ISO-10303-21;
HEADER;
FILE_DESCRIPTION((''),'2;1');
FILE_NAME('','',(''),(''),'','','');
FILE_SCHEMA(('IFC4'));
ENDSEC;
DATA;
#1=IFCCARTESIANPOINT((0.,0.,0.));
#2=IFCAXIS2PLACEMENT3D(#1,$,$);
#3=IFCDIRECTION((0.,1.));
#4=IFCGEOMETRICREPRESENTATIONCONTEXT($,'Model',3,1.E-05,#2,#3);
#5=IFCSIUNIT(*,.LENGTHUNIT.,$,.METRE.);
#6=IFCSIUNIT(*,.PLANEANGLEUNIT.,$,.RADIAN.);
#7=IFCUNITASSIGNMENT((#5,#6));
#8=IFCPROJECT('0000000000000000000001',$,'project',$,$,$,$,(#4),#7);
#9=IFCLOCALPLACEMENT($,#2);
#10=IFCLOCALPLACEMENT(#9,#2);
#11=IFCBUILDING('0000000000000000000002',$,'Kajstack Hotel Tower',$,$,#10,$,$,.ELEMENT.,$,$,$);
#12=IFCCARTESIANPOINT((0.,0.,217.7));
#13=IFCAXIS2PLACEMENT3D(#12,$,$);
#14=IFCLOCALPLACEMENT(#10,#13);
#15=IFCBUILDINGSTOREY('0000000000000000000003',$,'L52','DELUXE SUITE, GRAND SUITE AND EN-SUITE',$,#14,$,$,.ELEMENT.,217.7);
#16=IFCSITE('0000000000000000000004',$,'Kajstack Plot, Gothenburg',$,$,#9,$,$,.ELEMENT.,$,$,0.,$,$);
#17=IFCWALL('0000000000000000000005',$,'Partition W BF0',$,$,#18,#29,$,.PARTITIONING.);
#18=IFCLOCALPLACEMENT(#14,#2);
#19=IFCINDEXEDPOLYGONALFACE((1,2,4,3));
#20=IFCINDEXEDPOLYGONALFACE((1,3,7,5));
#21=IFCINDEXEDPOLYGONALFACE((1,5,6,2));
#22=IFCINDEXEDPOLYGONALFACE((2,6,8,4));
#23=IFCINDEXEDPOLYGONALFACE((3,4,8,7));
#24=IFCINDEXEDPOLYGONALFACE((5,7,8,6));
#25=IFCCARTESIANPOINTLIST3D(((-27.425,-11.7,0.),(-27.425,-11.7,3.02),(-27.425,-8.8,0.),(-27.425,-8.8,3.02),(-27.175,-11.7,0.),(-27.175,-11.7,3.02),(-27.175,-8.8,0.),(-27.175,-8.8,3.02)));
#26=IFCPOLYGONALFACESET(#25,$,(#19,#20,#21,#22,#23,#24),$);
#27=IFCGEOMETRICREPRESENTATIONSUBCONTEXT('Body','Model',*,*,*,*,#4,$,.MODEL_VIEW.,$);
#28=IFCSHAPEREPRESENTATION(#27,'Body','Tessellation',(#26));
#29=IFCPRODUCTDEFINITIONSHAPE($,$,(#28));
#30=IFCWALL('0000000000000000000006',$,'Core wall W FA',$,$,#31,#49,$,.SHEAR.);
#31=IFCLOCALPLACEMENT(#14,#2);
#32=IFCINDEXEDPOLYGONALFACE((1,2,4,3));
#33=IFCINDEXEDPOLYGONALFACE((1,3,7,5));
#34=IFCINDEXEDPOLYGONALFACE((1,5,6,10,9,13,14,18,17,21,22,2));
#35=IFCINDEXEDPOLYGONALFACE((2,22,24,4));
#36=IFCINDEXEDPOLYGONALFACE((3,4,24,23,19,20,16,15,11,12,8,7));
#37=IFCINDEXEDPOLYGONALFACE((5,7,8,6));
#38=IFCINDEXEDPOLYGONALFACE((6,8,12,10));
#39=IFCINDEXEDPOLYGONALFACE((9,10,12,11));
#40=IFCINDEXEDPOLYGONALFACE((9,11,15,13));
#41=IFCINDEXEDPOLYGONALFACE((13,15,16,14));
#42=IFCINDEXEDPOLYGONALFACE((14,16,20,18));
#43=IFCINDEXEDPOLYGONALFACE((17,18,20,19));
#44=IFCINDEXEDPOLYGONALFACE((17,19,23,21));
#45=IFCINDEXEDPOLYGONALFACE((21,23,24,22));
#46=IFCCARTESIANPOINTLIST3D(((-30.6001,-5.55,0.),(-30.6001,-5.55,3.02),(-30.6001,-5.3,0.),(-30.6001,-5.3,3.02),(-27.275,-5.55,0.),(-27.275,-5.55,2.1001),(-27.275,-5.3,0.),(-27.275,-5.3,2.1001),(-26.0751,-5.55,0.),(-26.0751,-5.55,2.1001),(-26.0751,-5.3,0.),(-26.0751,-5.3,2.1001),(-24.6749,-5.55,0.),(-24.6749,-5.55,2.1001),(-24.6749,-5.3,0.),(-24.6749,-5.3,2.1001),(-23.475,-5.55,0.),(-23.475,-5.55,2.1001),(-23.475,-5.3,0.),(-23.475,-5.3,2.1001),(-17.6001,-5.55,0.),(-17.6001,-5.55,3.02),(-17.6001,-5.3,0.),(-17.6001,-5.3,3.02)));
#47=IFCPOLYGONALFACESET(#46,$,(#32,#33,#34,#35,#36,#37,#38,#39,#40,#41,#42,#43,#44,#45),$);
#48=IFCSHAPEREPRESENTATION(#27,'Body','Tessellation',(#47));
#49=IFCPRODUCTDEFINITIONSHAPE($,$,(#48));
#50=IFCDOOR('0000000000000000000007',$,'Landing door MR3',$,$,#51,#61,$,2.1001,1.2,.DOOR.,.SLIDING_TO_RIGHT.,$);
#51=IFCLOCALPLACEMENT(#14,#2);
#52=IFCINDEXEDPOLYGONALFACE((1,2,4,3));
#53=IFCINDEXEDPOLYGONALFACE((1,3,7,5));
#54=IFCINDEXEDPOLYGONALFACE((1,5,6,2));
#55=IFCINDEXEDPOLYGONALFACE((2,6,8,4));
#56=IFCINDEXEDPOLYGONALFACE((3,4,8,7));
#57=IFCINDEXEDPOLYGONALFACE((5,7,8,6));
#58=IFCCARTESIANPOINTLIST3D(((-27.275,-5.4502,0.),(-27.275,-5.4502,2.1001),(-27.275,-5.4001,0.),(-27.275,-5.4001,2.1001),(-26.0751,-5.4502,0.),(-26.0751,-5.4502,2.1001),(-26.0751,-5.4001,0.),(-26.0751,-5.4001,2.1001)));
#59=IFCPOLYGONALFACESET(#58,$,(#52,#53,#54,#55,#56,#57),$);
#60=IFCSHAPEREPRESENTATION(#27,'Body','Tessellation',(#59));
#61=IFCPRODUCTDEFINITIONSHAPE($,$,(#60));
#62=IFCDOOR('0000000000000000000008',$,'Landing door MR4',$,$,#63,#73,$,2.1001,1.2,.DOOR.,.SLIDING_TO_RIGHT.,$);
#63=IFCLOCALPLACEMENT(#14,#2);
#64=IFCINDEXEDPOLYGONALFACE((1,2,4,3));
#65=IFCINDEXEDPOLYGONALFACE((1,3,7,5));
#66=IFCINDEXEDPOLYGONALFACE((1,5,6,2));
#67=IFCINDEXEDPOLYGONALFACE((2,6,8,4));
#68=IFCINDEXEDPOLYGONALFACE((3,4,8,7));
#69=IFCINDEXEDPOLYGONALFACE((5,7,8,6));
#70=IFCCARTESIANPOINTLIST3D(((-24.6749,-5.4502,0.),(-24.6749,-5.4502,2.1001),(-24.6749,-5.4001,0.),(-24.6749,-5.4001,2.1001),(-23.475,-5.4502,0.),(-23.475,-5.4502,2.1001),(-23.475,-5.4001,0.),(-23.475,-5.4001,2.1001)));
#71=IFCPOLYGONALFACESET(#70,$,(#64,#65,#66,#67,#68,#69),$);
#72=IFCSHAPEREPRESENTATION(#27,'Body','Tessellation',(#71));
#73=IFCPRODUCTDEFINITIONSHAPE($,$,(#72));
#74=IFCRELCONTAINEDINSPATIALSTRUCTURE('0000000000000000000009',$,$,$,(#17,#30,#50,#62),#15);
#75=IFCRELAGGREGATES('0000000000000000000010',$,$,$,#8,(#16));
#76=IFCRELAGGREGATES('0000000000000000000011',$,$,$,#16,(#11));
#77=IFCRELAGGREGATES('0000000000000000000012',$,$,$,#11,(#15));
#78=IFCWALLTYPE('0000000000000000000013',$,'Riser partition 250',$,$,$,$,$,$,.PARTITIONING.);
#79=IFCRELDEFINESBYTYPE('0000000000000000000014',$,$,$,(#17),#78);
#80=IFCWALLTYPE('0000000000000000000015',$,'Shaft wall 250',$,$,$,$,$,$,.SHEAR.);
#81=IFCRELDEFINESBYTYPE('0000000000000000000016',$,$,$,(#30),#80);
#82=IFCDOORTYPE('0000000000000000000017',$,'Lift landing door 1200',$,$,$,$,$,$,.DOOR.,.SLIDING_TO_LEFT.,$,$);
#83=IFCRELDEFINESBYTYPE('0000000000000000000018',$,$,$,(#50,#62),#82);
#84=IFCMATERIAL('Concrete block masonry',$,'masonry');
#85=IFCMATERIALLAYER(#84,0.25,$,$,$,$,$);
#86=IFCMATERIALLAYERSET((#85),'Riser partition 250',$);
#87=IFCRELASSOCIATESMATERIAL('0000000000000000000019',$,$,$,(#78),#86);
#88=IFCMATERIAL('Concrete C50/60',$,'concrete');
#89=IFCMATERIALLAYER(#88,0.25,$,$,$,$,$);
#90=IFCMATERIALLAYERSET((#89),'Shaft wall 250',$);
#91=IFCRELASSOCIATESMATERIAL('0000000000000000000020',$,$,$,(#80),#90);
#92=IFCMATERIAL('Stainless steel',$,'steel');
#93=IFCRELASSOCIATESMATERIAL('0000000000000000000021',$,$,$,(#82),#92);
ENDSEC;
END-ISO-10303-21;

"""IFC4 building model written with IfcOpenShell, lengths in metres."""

from ifc_helpers import new_model, si_unit, direction, frame, frame_2d, origin, place, context, subcontext, project, spatial, rectangle, extrude, material, layer, layer_set, type_object, element, fill, save


model = new_model("IFC4")

# Units and contexts
model_context = context("Model", 3, precision=1e-05, world=origin(), true_north=direction((0.0, 1.0)))
body_context = subcontext(model_context, "Body", "Model", "MODEL_VIEW")
ifc_project = project(units=[si_unit("LENGTHUNIT", "METRE"), si_unit("PLANEANGLEUNIT", "RADIAN")], contexts=[model_context])

# Site, building, storey
site_placement = place(None, origin())
site = spatial("IfcSite", under=ifc_project, at=site_placement, Name="Kajstack Plot, Gothenburg", CompositionType="ELEMENT", RefElevation=0.0)
building_placement = place(site_placement, origin())
building = spatial("IfcBuilding", under=site, at=building_placement, Name="Kajstack Hotel Tower", CompositionType="ELEMENT")
storey_placement = place(building_placement, frame((0.0, 0.0, 217.7)))
storey = spatial("IfcBuildingStorey", under=building, at=storey_placement, Name="L52", Description="DELUXE SUITE, GRAND SUITE AND EN-SUITE", CompositionType="ELEMENT", Elevation=217.7)

# Wall
ifc_material_1 = material(Name="Concrete block masonry", Category="masonry")
ifc_layer_1 = layer(ifc_material_1, 0.25)
ifc_layer_set_1 = layer_set([ifc_layer_1], Name="Riser partition 250")
wall_type_1 = type_object("IfcWallType", Name="Riser partition 250", PredefinedType="PARTITIONING", material=ifc_layer_set_1)
wall_1_placement = place(storey_placement, frame((-27.3, -11.7, 0.0), z_axis=(0.0, 0.0, 1.0), x_axis=(0.0, 1.0, 0.0)))
element("IfcWall", 1, at=wall_1_placement, inside=storey, type_object=wall_type_1, Name="Partition W BF0", PredefinedType="PARTITIONING", context=body_context, shape_type="SweptSolid", body=[
    extrude(rectangle(XDim=2.8999, YDim=0.25, at=frame_2d((1.45, 0.0))), origin(), (0.0, 0.0, 1.0), 3.02),
])

# Wall, openings, doors
ifc_material_2 = material(Name="Concrete C50/60", Category="concrete")
ifc_layer_2 = layer(ifc_material_2, 0.25)
ifc_layer_set_2 = layer_set([ifc_layer_2], Name="Shaft wall 250")
wall_type_2 = type_object("IfcWallType", Name="Shaft wall 250", PredefinedType="SHEAR", material=ifc_layer_set_2)
wall_2_placement = place(storey_placement, frame((-30.6001, -5.425, 0.0), z_axis=(0.0, 0.0, 1.0), x_axis=(1.0, 0.0, 0.0)))
wall_2 = element("IfcWall", 2, at=wall_2_placement, inside=storey, type_object=wall_type_2, Name="Core wall W FA", PredefinedType="SHEAR", context=body_context, shape_type="SweptSolid", body=[
    extrude(rectangle(XDim=13.0, YDim=0.25, at=frame_2d((6.5, 0.0))), origin(), (0.0, 0.0, 1.0), 3.02),
])
opening_1_placement = place(wall_2_placement, frame((3.325, 0.0, 0.0)))
opening_1 = element("IfcOpeningElement", 3, at=opening_1_placement, cuts=wall_2, PredefinedType="OPENING", context=body_context, shape_type="SweptSolid", body=[
    extrude(rectangle(XDim=1.2, YDim=2.1001, at=frame_2d((0.6001, 1.05))), frame((0.0, 0.135, 0.0), z_axis=(0.0, -1.0, 0.0), x_axis=(1.0, 0.0, 0.0)), (0.0, 0.0, 1.0), 0.27),
])
opening_2_placement = place(wall_2_placement, frame((5.925, 0.0, 0.0)))
opening_2 = element("IfcOpeningElement", 4, at=opening_2_placement, cuts=wall_2, PredefinedType="OPENING", context=body_context, shape_type="SweptSolid", body=[
    extrude(rectangle(XDim=1.2, YDim=2.1001, at=frame_2d((0.6001, 1.05))), frame((0.0, 0.135, 0.0), z_axis=(0.0, -1.0, 0.0), x_axis=(1.0, 0.0, 0.0)), (0.0, 0.0, 1.0), 0.27),
])
ifc_material_3 = material(Name="Stainless steel", Category="steel")
door_type_1 = type_object("IfcDoorType", Name="Lift landing door 1200", OperationType="SLIDING_TO_LEFT", PredefinedType="DOOR", material=ifc_material_3)
door_1_placement = place(opening_1_placement, origin())
door_1 = element("IfcDoor", 5, at=door_1_placement, inside=storey, type_object=door_type_1, Name="Landing door MR3", OperationType="SLIDING_TO_RIGHT", OverallHeight=2.1001, OverallWidth=1.2, PredefinedType="DOOR", context=body_context, shape_type="SweptSolid", body=[
    extrude(rectangle(XDim=1.2, YDim=2.1001, at=frame_2d((0.6001, 1.05))), frame((0.0, 0.0249, 0.0), z_axis=(0.0, -1.0, 0.0), x_axis=(1.0, 0.0, 0.0)), (0.0, 0.0, 1.0), 0.05),
])
fill(opening_1, door_1)
door_2_placement = place(opening_2_placement, origin())
door_2 = element("IfcDoor", 6, at=door_2_placement, inside=storey, type_object=door_type_1, Name="Landing door MR4", OperationType="SLIDING_TO_RIGHT", OverallHeight=2.1001, OverallWidth=1.2, PredefinedType="DOOR", context=body_context, shape_type="SweptSolid", body=[
    extrude(rectangle(XDim=1.2, YDim=2.1001, at=frame_2d((0.6001, 1.05))), frame((0.0, 0.0249, 0.0), z_axis=(0.0, -1.0, 0.0), x_axis=(1.0, 0.0, 0.0)), (0.0, 0.0, 1.0), 0.05),
])
fill(opening_2, door_2)

save(model, "model.ifc")
